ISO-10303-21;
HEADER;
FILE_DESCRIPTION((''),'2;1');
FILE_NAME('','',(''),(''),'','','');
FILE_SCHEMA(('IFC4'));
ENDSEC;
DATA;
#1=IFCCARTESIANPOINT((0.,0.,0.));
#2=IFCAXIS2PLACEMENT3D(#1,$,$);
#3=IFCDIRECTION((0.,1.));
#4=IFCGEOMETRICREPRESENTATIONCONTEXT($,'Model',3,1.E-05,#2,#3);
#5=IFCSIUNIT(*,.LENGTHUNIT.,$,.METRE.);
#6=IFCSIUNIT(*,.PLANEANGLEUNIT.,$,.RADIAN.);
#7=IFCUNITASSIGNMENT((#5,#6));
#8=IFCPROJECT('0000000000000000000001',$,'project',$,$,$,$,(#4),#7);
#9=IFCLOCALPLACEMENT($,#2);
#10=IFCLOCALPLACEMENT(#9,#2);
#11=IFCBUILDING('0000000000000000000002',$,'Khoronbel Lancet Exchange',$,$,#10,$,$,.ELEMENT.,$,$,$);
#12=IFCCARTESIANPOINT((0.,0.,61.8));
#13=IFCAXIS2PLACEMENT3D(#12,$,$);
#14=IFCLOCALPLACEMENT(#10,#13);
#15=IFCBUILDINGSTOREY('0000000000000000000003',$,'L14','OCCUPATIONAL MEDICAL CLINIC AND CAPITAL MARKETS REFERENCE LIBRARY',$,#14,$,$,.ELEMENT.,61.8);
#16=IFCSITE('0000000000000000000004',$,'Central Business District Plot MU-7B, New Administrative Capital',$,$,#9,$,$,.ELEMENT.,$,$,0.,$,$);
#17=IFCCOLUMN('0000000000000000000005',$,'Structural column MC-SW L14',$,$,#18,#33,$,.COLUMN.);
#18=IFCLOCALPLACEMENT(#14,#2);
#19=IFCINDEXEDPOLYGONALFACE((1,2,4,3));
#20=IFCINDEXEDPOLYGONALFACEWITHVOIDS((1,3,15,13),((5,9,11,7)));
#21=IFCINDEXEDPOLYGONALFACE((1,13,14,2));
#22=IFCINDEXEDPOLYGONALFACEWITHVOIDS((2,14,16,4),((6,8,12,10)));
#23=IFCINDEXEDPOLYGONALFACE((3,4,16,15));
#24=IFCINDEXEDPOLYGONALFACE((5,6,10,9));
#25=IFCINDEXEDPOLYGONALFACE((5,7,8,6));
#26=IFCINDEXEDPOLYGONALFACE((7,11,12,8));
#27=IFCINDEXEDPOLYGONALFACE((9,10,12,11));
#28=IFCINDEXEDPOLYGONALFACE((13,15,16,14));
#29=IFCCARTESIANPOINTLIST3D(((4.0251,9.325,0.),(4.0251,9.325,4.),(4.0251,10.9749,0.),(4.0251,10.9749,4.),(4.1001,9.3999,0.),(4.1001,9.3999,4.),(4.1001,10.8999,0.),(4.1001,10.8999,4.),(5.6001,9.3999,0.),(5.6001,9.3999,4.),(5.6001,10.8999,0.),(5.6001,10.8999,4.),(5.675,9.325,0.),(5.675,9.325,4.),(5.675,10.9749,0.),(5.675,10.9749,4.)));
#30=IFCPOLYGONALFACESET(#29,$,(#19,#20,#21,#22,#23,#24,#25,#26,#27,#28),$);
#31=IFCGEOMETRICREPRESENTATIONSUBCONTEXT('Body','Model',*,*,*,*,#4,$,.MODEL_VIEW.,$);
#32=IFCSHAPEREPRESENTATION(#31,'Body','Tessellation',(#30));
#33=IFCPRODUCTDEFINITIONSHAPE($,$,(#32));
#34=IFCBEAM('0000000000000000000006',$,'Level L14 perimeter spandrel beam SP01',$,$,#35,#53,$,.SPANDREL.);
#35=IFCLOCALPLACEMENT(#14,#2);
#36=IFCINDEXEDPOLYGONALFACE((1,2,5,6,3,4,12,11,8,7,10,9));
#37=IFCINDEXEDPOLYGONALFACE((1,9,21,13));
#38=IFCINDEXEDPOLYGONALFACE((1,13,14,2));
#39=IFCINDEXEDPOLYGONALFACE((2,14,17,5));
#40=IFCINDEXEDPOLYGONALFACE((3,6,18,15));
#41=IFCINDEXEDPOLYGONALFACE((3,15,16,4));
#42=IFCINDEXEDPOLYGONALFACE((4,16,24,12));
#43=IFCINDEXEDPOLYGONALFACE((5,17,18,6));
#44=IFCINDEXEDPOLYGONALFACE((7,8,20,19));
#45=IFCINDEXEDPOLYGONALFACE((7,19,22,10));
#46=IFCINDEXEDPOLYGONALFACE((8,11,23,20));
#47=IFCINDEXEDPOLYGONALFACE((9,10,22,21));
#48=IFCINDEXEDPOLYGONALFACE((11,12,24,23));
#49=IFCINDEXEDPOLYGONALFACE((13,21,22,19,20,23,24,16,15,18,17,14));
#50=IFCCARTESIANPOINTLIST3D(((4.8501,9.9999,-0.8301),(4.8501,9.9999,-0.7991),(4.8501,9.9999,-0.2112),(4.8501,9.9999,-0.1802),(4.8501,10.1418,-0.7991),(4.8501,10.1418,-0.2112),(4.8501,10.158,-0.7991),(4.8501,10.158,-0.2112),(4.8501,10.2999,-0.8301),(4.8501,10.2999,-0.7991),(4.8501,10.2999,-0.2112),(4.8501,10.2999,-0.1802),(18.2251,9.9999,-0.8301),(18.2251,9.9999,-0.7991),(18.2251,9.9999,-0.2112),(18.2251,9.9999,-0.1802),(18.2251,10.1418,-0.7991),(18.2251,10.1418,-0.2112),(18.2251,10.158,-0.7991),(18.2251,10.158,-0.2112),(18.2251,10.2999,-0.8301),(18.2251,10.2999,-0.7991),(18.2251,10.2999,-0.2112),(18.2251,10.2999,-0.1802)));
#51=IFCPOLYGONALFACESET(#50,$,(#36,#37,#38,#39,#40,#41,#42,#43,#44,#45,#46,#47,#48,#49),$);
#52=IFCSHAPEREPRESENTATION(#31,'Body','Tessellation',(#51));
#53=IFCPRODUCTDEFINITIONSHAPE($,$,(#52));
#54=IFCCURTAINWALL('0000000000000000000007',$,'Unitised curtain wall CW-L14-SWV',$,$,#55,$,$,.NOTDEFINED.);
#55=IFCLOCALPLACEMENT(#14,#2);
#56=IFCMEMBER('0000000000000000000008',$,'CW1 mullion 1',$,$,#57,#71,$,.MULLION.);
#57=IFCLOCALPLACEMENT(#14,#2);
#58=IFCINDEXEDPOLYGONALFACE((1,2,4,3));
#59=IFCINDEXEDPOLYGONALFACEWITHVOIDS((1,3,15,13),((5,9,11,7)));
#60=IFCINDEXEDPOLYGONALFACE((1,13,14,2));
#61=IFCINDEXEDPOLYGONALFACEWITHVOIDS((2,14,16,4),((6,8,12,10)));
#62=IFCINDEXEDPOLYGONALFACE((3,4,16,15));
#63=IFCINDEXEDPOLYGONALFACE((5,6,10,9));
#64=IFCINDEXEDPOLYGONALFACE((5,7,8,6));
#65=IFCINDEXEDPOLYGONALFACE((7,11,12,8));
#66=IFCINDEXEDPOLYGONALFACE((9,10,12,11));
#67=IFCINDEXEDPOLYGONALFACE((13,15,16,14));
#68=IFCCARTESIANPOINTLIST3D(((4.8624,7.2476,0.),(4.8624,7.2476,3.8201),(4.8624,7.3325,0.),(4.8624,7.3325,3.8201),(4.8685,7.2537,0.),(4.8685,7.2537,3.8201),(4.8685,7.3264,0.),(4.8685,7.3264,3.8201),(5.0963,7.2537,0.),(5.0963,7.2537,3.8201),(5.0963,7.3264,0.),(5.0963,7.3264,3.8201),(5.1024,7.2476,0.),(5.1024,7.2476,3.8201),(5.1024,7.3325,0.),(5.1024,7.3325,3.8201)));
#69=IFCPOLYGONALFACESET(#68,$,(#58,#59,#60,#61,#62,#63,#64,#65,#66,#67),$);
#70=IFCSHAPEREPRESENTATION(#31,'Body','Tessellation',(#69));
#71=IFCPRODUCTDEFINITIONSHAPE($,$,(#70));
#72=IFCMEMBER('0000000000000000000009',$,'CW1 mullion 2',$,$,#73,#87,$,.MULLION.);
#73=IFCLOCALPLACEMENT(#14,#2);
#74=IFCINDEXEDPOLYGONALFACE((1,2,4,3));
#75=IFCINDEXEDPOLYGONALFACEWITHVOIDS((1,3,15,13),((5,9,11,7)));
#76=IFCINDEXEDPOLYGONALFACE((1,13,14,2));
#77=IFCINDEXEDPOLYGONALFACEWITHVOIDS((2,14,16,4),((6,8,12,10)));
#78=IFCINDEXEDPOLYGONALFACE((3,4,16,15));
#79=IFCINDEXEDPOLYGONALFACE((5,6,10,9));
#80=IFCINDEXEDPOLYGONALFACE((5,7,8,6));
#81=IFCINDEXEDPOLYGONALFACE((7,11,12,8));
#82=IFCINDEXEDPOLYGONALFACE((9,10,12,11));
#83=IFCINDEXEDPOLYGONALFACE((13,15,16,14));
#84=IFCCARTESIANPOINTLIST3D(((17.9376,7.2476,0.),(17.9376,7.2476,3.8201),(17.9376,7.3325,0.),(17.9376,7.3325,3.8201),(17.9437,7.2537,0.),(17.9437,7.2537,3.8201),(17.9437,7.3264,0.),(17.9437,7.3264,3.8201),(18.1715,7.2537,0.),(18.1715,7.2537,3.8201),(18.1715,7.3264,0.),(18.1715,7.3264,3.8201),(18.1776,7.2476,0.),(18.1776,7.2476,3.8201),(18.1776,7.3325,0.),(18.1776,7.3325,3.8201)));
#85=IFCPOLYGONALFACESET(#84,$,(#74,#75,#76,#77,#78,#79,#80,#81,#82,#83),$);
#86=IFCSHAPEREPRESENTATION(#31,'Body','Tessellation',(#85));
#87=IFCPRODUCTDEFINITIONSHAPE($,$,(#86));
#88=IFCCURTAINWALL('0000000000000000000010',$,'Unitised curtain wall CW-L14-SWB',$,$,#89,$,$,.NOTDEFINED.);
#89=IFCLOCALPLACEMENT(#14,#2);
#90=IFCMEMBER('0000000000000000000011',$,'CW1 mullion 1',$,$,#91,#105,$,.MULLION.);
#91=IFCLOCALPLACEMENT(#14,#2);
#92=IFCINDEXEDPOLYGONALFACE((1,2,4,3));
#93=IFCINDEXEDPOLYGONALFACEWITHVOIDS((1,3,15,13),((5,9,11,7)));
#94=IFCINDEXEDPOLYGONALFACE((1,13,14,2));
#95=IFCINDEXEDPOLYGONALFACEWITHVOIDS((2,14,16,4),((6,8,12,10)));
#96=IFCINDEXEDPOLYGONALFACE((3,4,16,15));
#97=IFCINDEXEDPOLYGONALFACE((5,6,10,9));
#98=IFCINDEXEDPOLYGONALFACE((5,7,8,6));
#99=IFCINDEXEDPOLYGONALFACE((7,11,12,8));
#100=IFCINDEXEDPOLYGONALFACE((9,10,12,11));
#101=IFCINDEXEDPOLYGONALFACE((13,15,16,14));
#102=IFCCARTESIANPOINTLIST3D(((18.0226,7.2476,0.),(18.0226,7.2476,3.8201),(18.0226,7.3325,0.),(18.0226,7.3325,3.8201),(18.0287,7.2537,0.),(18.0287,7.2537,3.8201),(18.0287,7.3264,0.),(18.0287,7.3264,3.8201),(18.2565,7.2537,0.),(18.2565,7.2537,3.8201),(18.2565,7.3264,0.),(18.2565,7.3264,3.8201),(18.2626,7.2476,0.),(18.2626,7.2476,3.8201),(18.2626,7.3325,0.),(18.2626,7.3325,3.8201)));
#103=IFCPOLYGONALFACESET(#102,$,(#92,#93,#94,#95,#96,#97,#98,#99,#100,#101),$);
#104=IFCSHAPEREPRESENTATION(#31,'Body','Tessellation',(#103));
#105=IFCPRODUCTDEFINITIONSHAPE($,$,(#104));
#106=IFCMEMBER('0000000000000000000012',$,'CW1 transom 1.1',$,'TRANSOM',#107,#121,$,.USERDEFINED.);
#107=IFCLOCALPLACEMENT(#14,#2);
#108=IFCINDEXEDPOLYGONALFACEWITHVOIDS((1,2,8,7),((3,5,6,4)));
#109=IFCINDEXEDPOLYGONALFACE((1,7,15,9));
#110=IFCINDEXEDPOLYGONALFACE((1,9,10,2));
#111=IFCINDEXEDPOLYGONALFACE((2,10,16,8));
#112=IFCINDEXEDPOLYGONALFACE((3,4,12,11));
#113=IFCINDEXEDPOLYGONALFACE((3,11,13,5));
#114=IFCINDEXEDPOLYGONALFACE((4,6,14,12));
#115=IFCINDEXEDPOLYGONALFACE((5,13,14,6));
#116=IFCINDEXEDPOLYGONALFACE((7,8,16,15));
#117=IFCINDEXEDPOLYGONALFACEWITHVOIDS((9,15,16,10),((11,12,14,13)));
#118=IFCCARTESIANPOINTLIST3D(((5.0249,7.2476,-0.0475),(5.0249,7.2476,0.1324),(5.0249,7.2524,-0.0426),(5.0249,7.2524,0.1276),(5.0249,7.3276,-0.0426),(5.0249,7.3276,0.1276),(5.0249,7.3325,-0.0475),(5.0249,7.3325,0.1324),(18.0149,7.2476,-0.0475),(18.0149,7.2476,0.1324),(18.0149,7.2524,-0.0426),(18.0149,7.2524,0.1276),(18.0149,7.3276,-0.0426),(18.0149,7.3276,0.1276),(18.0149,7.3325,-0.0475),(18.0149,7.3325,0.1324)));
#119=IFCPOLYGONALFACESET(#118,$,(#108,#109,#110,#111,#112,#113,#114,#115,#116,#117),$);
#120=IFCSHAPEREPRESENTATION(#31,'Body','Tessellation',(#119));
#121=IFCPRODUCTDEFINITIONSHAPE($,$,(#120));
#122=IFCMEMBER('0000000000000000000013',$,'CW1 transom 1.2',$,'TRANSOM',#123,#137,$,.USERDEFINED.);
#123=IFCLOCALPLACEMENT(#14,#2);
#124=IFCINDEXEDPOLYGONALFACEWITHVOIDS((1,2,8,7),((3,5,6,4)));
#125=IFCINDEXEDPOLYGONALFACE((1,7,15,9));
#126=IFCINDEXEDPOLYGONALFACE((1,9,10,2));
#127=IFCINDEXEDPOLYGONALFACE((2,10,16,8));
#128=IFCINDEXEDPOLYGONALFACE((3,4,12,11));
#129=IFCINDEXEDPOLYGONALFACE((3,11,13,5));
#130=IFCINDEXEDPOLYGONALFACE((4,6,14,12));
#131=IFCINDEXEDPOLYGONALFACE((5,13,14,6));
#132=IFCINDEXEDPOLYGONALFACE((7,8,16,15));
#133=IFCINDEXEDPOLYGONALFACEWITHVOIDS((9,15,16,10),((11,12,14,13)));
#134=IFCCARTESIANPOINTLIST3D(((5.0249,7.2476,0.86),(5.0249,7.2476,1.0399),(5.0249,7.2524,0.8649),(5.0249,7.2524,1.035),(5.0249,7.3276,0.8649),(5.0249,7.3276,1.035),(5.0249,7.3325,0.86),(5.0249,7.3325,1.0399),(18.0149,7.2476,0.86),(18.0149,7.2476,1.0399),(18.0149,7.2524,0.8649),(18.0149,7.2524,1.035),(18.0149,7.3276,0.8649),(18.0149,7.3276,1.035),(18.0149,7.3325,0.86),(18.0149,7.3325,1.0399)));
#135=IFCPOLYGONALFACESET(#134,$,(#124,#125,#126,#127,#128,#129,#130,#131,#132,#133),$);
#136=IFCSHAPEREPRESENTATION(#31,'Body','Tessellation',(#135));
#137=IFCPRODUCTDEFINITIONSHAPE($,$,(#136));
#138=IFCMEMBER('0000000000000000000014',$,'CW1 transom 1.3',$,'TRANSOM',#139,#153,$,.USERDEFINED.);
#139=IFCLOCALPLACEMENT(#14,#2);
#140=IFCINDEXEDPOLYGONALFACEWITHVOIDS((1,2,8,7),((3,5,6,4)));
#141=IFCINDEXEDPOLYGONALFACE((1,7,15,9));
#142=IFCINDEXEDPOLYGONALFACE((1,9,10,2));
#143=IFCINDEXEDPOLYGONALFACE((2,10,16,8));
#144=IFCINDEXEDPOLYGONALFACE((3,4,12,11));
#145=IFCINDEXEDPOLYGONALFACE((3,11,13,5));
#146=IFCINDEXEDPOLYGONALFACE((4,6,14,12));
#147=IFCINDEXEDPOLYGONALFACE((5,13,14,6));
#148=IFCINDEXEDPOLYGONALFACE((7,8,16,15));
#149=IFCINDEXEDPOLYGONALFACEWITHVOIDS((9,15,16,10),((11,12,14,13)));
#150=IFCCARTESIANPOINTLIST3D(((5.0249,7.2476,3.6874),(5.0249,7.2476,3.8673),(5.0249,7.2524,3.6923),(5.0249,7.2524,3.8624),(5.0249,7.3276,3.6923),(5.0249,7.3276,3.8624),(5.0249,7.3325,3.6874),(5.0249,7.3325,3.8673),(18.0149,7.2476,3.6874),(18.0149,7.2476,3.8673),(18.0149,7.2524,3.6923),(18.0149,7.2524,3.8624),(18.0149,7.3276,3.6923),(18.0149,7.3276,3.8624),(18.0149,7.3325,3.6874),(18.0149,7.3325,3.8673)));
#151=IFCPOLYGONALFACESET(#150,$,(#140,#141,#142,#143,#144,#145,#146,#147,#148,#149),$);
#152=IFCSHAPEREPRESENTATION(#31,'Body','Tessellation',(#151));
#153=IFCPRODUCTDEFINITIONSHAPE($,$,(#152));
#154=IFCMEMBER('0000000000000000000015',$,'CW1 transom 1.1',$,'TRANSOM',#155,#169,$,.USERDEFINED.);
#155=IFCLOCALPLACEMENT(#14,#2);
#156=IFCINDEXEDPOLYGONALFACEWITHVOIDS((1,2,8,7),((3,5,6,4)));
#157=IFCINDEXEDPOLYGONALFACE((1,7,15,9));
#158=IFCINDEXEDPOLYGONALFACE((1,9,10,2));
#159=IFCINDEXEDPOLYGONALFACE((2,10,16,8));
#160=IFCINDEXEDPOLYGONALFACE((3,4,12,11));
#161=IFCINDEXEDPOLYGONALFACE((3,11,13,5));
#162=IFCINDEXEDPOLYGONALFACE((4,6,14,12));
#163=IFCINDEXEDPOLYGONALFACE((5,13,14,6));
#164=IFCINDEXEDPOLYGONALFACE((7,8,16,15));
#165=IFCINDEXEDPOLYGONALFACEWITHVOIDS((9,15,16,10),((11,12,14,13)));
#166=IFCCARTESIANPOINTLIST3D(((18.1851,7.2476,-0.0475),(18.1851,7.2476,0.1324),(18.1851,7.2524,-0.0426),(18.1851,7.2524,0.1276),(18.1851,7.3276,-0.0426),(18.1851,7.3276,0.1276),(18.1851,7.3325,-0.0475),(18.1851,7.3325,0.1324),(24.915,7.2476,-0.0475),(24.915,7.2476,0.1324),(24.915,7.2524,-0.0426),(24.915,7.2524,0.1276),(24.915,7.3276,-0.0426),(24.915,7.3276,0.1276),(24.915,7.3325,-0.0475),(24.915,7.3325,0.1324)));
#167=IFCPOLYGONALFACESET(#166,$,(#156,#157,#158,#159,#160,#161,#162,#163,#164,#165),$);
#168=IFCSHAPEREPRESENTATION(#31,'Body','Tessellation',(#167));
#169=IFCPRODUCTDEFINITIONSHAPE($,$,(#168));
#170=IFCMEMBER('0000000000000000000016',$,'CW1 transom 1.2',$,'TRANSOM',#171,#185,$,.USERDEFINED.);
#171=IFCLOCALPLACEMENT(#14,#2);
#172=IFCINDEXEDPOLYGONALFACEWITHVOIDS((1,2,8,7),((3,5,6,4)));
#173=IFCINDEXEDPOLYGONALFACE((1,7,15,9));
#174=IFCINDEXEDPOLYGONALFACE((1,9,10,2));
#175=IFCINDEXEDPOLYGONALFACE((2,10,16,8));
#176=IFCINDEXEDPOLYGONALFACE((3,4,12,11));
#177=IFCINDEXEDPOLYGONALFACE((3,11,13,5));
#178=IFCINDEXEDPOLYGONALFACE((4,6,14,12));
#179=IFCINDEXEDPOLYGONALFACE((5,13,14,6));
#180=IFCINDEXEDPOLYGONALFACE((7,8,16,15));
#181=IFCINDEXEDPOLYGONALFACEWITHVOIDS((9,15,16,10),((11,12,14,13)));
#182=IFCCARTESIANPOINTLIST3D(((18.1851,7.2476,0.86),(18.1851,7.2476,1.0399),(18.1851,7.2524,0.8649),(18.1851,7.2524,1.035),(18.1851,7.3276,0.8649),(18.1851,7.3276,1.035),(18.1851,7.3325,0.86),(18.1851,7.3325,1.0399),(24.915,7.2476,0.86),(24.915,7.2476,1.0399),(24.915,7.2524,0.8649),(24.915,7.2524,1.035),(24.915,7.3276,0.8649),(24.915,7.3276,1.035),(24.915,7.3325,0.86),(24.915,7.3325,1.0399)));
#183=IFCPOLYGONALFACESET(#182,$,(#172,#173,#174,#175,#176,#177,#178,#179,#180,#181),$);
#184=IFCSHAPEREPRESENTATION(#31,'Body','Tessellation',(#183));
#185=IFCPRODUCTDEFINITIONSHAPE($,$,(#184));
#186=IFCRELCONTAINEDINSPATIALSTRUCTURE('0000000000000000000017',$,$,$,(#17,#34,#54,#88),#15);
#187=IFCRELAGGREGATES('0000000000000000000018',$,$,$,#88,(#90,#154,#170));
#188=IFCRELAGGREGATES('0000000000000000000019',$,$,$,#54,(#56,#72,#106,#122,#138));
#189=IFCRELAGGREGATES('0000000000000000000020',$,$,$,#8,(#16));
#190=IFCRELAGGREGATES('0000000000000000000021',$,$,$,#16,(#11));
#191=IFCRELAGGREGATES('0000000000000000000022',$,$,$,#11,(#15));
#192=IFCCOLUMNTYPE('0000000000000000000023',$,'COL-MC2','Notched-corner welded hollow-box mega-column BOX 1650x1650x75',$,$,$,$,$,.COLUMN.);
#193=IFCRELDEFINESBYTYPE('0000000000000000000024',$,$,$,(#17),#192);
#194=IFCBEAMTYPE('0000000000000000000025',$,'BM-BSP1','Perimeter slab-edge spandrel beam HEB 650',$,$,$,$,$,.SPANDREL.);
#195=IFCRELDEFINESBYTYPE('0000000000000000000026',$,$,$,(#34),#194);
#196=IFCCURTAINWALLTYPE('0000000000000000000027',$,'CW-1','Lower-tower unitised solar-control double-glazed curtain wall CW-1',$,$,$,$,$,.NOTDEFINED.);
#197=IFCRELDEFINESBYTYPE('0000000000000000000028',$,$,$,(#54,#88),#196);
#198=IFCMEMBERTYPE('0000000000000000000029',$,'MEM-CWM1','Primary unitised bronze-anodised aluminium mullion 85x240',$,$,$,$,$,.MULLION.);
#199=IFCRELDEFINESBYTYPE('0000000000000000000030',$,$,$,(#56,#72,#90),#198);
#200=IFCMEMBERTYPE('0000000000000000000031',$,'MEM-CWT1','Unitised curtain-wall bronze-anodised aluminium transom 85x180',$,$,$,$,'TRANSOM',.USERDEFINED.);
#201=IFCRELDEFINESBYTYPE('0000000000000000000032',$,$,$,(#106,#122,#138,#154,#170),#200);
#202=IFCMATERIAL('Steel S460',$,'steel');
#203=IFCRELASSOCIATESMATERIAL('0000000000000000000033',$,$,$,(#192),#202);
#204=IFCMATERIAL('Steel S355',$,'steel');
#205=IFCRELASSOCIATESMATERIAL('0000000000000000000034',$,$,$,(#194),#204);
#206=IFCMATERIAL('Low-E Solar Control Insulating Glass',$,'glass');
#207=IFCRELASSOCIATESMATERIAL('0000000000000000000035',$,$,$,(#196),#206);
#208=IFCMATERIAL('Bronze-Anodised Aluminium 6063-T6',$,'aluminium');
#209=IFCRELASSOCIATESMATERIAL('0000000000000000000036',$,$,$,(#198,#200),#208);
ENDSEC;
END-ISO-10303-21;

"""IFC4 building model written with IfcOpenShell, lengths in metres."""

from ifc_helpers import new_model, si_unit, direction, frame, origin, origin_2d, place, context, subcontext, project, spatial, hollow_rectangle, i_section, extrude, material, material_profile, profile_set, type_object, element, aggregate, save


model = new_model("IFC4")

# Units and contexts
model_context = context("Model", 3, precision=1e-05, world=origin(), true_north=direction((0.0, 1.0)))
body_context = subcontext(model_context, "Body", "Model", "MODEL_VIEW")
ifc_project = project(units=[si_unit("LENGTHUNIT", "METRE"), si_unit("PLANEANGLEUNIT", "RADIAN")], contexts=[model_context])

# Site, building, storey
site_placement = place(None, origin())
site = spatial("IfcSite", under=ifc_project, at=site_placement, Name="Central Business District Plot MU-7B, New Administrative Capital", CompositionType="ELEMENT", RefElevation=0.0)
building_placement = place(site_placement, origin())
building = spatial("IfcBuilding", under=site, at=building_placement, Name="Khoronbel Lancet Exchange", CompositionType="ELEMENT")
storey_placement = place(building_placement, frame((0.0, 0.0, 61.8)))
storey = spatial("IfcBuildingStorey", under=building, at=storey_placement, Name="L14", Description="OCCUPATIONAL MEDICAL CLINIC AND CAPITAL MARKETS REFERENCE LIBRARY", CompositionType="ELEMENT", Elevation=61.8)

# Column
ifc_material_1 = material(Name="Steel S460", Category="steel")
ifc_material_profile_1 = material_profile(ifc_material_1, hollow_rectangle(XDim=1.6499, YDim=1.6499, WallThickness=0.075, at=origin_2d()), Name="BOX 1650x1650x75")
ifc_profile_set_1 = profile_set([ifc_material_profile_1], Name="Steel S460")
column_type = type_object("IfcColumnType", Name="COL-MC2", Description="Notched-corner welded hollow-box mega-column BOX 1650x1650x75", PredefinedType="COLUMN", material=ifc_profile_set_1)
column_placement = place(storey_placement, frame((4.8501, 10.1499, 0.0), z_axis=(0.0, 0.0, 1.0), x_axis=(1.0, 0.0, 0.0)))
element("IfcColumn", 1, at=column_placement, inside=storey, type_object=column_type, Name="Structural column MC-SW L14", PredefinedType="COLUMN", context=body_context, shape_type="SweptSolid", body=[
    extrude(hollow_rectangle(XDim=1.6499, YDim=1.6499, WallThickness=0.075, at=origin_2d()), origin(), (0.0, 0.0, 1.0), 4.0),
])

# Beam
ifc_material_2 = material(Name="Steel S355", Category="steel")
ifc_material_profile_2 = material_profile(ifc_material_2, i_section(OverallWidth=0.3, OverallDepth=0.6499, WebThickness=0.0161, FlangeThickness=0.031, at=origin_2d()), Name="HEB 650")
ifc_profile_set_2 = profile_set([ifc_material_profile_2], Name="Steel S355")
beam_type = type_object("IfcBeamType", Name="BM-BSP1", Description="Perimeter slab-edge spandrel beam HEB 650", PredefinedType="SPANDREL", material=ifc_profile_set_2)
beam_placement = place(storey_placement, frame((4.8501, 10.1499, -0.5051), z_axis=(1.0, 0.0, 0.0), x_axis=(0.0, 1.0, 0.0)))
element("IfcBeam", 2, at=beam_placement, inside=storey, type_object=beam_type, Name="Level L14 perimeter spandrel beam SP01", PredefinedType="SPANDREL", context=body_context, shape_type="SweptSolid", body=[
    extrude(i_section(OverallWidth=0.3, OverallDepth=0.6499, WebThickness=0.0161, FlangeThickness=0.031, at=origin_2d()), origin(), (0.0, 0.0, 1.0), 13.375),
])

# Curtain wall, members
ifc_material_3 = material(Name="Low-E Solar Control Insulating Glass", Category="glass")
curtain_wall_type = type_object("IfcCurtainWallType", Name="CW-1", Description="Lower-tower unitised solar-control double-glazed curtain wall CW-1", PredefinedType="NOTDEFINED", material=ifc_material_3)
curtain_wall_1_placement = place(storey_placement, origin())
curtain_wall_1 = element("IfcCurtainWall", 3, at=curtain_wall_1_placement, inside=storey, type_object=curtain_wall_type, Name="Unitised curtain wall CW-L14-SWV", PredefinedType="NOTDEFINED")
ifc_material_4 = material(Name="Bronze-Anodised Aluminium 6063-T6", Category="aluminium")
ifc_material_profile_3 = material_profile(ifc_material_4, hollow_rectangle(XDim=0.085, YDim=0.24, WallThickness=0.0061, at=origin_2d()), Name="ALU MULLION 85x240")
ifc_profile_set_3 = profile_set([ifc_material_profile_3], Name="Bronze-Anodised Aluminium 6063-T6")
member_type_1 = type_object("IfcMemberType", Name="MEM-CWM1", Description="Primary unitised bronze-anodised aluminium mullion 85x240", PredefinedType="MULLION", material=ifc_profile_set_3)
member_1_placement = place(storey_placement, frame((4.9824, 7.29, 0.0), z_axis=(0.0, 0.0, 1.0), x_axis=(0.0, 1.0, 0.0)))
member_1 = element("IfcMember", 4, at=member_1_placement, type_object=member_type_1, Name="CW1 mullion 1", PredefinedType="MULLION", context=body_context, shape_type="SweptSolid", body=[
    extrude(hollow_rectangle(XDim=0.085, YDim=0.24, WallThickness=0.0061, at=origin_2d()), origin(), (0.0, 0.0, 1.0), 3.8201),
])
member_2_placement = place(storey_placement, frame((18.0576, 7.29, 0.0), z_axis=(0.0, 0.0, 1.0), x_axis=(0.0, 1.0, 0.0)))
member_2 = element("IfcMember", 5, at=member_2_placement, type_object=member_type_1, Name="CW1 mullion 2", PredefinedType="MULLION", context=body_context, shape_type="SweptSolid", body=[
    extrude(hollow_rectangle(XDim=0.085, YDim=0.24, WallThickness=0.0061, at=origin_2d()), origin(), (0.0, 0.0, 1.0), 3.8201),
])

# Curtain wall, member
curtain_wall_2_placement = place(storey_placement, origin())
curtain_wall_2 = element("IfcCurtainWall", 6, at=curtain_wall_2_placement, inside=storey, type_object=curtain_wall_type, Name="Unitised curtain wall CW-L14-SWB", PredefinedType="NOTDEFINED")
member_3_placement = place(storey_placement, frame((18.1426, 7.29, 0.0), z_axis=(0.0, 0.0, 1.0), x_axis=(0.0, 1.0, 0.0)))
member_3 = element("IfcMember", 7, at=member_3_placement, type_object=member_type_1, Name="CW1 mullion 1", PredefinedType="MULLION", context=body_context, shape_type="SweptSolid", body=[
    extrude(hollow_rectangle(XDim=0.085, YDim=0.24, WallThickness=0.0061, at=origin_2d()), origin(), (0.0, 0.0, 1.0), 3.8201),
])

# Members
ifc_material_profile_4 = material_profile(ifc_material_4, hollow_rectangle(XDim=0.085, YDim=0.1799, WallThickness=0.0049, at=origin_2d()), Name="ALU TRANSOM 85x180")
ifc_profile_set_4 = profile_set([ifc_material_profile_4], Name="Bronze-Anodised Aluminium 6063-T6")
member_type_2 = type_object("IfcMemberType", Name="MEM-CWT1", Description="Unitised curtain-wall bronze-anodised aluminium transom 85x180", ElementType="TRANSOM", PredefinedType="USERDEFINED", material=ifc_profile_set_4)
member_4_placement = place(storey_placement, frame((5.0249, 7.29, 0.0425), z_axis=(1.0, 0.0, 0.0), x_axis=(0.0, 1.0, 0.0)))
member_4 = element("IfcMember", 8, at=member_4_placement, type_object=member_type_2, Name="CW1 transom 1.1", ObjectType="TRANSOM", PredefinedType="USERDEFINED", context=body_context, shape_type="SweptSolid", body=[
    extrude(hollow_rectangle(XDim=0.085, YDim=0.1799, WallThickness=0.0049, at=origin_2d()), origin(), (0.0, 0.0, 1.0), 12.99),
])
member_5_placement = place(storey_placement, frame((5.0249, 7.29, 0.95), z_axis=(1.0, 0.0, 0.0), x_axis=(0.0, 1.0, 0.0)))
member_5 = element("IfcMember", 9, at=member_5_placement, type_object=member_type_2, Name="CW1 transom 1.2", ObjectType="TRANSOM", PredefinedType="USERDEFINED", context=body_context, shape_type="SweptSolid", body=[
    extrude(hollow_rectangle(XDim=0.085, YDim=0.1799, WallThickness=0.0049, at=origin_2d()), origin(), (0.0, 0.0, 1.0), 12.99),
])
member_6_placement = place(storey_placement, frame((5.0249, 7.29, 3.7773), z_axis=(1.0, 0.0, 0.0), x_axis=(0.0, 1.0, 0.0)))
member_6 = element("IfcMember", 10, at=member_6_placement, type_object=member_type_2, Name="CW1 transom 1.3", ObjectType="TRANSOM", PredefinedType="USERDEFINED", context=body_context, shape_type="SweptSolid", body=[
    extrude(hollow_rectangle(XDim=0.085, YDim=0.1799, WallThickness=0.0049, at=origin_2d()), origin(), (0.0, 0.0, 1.0), 12.99),
])
member_7_placement = place(storey_placement, frame((18.1851, 7.29, 0.0425), z_axis=(1.0, 0.0, 0.0), x_axis=(0.0, 1.0, 0.0)))
member_7 = element("IfcMember", 11, at=member_7_placement, type_object=member_type_2, Name="CW1 transom 1.1", ObjectType="TRANSOM", PredefinedType="USERDEFINED", context=body_context, shape_type="SweptSolid", body=[
    extrude(hollow_rectangle(XDim=0.085, YDim=0.1799, WallThickness=0.0049, at=origin_2d()), origin(), (0.0, 0.0, 1.0), 6.73),
])
member_8_placement = place(storey_placement, frame((18.1851, 7.29, 0.95), z_axis=(1.0, 0.0, 0.0), x_axis=(0.0, 1.0, 0.0)))
member_8 = element("IfcMember", 12, at=member_8_placement, type_object=member_type_2, Name="CW1 transom 1.2", ObjectType="TRANSOM", PredefinedType="USERDEFINED", context=body_context, shape_type="SweptSolid", body=[
    extrude(hollow_rectangle(XDim=0.085, YDim=0.1799, WallThickness=0.0049, at=origin_2d()), origin(), (0.0, 0.0, 1.0), 6.73),
])
aggregate(curtain_wall_2, [member_3, member_7, member_8])

aggregate(curtain_wall_1, [member_1, member_2, member_4, member_5, member_6])

save(model, "model.ifc")
